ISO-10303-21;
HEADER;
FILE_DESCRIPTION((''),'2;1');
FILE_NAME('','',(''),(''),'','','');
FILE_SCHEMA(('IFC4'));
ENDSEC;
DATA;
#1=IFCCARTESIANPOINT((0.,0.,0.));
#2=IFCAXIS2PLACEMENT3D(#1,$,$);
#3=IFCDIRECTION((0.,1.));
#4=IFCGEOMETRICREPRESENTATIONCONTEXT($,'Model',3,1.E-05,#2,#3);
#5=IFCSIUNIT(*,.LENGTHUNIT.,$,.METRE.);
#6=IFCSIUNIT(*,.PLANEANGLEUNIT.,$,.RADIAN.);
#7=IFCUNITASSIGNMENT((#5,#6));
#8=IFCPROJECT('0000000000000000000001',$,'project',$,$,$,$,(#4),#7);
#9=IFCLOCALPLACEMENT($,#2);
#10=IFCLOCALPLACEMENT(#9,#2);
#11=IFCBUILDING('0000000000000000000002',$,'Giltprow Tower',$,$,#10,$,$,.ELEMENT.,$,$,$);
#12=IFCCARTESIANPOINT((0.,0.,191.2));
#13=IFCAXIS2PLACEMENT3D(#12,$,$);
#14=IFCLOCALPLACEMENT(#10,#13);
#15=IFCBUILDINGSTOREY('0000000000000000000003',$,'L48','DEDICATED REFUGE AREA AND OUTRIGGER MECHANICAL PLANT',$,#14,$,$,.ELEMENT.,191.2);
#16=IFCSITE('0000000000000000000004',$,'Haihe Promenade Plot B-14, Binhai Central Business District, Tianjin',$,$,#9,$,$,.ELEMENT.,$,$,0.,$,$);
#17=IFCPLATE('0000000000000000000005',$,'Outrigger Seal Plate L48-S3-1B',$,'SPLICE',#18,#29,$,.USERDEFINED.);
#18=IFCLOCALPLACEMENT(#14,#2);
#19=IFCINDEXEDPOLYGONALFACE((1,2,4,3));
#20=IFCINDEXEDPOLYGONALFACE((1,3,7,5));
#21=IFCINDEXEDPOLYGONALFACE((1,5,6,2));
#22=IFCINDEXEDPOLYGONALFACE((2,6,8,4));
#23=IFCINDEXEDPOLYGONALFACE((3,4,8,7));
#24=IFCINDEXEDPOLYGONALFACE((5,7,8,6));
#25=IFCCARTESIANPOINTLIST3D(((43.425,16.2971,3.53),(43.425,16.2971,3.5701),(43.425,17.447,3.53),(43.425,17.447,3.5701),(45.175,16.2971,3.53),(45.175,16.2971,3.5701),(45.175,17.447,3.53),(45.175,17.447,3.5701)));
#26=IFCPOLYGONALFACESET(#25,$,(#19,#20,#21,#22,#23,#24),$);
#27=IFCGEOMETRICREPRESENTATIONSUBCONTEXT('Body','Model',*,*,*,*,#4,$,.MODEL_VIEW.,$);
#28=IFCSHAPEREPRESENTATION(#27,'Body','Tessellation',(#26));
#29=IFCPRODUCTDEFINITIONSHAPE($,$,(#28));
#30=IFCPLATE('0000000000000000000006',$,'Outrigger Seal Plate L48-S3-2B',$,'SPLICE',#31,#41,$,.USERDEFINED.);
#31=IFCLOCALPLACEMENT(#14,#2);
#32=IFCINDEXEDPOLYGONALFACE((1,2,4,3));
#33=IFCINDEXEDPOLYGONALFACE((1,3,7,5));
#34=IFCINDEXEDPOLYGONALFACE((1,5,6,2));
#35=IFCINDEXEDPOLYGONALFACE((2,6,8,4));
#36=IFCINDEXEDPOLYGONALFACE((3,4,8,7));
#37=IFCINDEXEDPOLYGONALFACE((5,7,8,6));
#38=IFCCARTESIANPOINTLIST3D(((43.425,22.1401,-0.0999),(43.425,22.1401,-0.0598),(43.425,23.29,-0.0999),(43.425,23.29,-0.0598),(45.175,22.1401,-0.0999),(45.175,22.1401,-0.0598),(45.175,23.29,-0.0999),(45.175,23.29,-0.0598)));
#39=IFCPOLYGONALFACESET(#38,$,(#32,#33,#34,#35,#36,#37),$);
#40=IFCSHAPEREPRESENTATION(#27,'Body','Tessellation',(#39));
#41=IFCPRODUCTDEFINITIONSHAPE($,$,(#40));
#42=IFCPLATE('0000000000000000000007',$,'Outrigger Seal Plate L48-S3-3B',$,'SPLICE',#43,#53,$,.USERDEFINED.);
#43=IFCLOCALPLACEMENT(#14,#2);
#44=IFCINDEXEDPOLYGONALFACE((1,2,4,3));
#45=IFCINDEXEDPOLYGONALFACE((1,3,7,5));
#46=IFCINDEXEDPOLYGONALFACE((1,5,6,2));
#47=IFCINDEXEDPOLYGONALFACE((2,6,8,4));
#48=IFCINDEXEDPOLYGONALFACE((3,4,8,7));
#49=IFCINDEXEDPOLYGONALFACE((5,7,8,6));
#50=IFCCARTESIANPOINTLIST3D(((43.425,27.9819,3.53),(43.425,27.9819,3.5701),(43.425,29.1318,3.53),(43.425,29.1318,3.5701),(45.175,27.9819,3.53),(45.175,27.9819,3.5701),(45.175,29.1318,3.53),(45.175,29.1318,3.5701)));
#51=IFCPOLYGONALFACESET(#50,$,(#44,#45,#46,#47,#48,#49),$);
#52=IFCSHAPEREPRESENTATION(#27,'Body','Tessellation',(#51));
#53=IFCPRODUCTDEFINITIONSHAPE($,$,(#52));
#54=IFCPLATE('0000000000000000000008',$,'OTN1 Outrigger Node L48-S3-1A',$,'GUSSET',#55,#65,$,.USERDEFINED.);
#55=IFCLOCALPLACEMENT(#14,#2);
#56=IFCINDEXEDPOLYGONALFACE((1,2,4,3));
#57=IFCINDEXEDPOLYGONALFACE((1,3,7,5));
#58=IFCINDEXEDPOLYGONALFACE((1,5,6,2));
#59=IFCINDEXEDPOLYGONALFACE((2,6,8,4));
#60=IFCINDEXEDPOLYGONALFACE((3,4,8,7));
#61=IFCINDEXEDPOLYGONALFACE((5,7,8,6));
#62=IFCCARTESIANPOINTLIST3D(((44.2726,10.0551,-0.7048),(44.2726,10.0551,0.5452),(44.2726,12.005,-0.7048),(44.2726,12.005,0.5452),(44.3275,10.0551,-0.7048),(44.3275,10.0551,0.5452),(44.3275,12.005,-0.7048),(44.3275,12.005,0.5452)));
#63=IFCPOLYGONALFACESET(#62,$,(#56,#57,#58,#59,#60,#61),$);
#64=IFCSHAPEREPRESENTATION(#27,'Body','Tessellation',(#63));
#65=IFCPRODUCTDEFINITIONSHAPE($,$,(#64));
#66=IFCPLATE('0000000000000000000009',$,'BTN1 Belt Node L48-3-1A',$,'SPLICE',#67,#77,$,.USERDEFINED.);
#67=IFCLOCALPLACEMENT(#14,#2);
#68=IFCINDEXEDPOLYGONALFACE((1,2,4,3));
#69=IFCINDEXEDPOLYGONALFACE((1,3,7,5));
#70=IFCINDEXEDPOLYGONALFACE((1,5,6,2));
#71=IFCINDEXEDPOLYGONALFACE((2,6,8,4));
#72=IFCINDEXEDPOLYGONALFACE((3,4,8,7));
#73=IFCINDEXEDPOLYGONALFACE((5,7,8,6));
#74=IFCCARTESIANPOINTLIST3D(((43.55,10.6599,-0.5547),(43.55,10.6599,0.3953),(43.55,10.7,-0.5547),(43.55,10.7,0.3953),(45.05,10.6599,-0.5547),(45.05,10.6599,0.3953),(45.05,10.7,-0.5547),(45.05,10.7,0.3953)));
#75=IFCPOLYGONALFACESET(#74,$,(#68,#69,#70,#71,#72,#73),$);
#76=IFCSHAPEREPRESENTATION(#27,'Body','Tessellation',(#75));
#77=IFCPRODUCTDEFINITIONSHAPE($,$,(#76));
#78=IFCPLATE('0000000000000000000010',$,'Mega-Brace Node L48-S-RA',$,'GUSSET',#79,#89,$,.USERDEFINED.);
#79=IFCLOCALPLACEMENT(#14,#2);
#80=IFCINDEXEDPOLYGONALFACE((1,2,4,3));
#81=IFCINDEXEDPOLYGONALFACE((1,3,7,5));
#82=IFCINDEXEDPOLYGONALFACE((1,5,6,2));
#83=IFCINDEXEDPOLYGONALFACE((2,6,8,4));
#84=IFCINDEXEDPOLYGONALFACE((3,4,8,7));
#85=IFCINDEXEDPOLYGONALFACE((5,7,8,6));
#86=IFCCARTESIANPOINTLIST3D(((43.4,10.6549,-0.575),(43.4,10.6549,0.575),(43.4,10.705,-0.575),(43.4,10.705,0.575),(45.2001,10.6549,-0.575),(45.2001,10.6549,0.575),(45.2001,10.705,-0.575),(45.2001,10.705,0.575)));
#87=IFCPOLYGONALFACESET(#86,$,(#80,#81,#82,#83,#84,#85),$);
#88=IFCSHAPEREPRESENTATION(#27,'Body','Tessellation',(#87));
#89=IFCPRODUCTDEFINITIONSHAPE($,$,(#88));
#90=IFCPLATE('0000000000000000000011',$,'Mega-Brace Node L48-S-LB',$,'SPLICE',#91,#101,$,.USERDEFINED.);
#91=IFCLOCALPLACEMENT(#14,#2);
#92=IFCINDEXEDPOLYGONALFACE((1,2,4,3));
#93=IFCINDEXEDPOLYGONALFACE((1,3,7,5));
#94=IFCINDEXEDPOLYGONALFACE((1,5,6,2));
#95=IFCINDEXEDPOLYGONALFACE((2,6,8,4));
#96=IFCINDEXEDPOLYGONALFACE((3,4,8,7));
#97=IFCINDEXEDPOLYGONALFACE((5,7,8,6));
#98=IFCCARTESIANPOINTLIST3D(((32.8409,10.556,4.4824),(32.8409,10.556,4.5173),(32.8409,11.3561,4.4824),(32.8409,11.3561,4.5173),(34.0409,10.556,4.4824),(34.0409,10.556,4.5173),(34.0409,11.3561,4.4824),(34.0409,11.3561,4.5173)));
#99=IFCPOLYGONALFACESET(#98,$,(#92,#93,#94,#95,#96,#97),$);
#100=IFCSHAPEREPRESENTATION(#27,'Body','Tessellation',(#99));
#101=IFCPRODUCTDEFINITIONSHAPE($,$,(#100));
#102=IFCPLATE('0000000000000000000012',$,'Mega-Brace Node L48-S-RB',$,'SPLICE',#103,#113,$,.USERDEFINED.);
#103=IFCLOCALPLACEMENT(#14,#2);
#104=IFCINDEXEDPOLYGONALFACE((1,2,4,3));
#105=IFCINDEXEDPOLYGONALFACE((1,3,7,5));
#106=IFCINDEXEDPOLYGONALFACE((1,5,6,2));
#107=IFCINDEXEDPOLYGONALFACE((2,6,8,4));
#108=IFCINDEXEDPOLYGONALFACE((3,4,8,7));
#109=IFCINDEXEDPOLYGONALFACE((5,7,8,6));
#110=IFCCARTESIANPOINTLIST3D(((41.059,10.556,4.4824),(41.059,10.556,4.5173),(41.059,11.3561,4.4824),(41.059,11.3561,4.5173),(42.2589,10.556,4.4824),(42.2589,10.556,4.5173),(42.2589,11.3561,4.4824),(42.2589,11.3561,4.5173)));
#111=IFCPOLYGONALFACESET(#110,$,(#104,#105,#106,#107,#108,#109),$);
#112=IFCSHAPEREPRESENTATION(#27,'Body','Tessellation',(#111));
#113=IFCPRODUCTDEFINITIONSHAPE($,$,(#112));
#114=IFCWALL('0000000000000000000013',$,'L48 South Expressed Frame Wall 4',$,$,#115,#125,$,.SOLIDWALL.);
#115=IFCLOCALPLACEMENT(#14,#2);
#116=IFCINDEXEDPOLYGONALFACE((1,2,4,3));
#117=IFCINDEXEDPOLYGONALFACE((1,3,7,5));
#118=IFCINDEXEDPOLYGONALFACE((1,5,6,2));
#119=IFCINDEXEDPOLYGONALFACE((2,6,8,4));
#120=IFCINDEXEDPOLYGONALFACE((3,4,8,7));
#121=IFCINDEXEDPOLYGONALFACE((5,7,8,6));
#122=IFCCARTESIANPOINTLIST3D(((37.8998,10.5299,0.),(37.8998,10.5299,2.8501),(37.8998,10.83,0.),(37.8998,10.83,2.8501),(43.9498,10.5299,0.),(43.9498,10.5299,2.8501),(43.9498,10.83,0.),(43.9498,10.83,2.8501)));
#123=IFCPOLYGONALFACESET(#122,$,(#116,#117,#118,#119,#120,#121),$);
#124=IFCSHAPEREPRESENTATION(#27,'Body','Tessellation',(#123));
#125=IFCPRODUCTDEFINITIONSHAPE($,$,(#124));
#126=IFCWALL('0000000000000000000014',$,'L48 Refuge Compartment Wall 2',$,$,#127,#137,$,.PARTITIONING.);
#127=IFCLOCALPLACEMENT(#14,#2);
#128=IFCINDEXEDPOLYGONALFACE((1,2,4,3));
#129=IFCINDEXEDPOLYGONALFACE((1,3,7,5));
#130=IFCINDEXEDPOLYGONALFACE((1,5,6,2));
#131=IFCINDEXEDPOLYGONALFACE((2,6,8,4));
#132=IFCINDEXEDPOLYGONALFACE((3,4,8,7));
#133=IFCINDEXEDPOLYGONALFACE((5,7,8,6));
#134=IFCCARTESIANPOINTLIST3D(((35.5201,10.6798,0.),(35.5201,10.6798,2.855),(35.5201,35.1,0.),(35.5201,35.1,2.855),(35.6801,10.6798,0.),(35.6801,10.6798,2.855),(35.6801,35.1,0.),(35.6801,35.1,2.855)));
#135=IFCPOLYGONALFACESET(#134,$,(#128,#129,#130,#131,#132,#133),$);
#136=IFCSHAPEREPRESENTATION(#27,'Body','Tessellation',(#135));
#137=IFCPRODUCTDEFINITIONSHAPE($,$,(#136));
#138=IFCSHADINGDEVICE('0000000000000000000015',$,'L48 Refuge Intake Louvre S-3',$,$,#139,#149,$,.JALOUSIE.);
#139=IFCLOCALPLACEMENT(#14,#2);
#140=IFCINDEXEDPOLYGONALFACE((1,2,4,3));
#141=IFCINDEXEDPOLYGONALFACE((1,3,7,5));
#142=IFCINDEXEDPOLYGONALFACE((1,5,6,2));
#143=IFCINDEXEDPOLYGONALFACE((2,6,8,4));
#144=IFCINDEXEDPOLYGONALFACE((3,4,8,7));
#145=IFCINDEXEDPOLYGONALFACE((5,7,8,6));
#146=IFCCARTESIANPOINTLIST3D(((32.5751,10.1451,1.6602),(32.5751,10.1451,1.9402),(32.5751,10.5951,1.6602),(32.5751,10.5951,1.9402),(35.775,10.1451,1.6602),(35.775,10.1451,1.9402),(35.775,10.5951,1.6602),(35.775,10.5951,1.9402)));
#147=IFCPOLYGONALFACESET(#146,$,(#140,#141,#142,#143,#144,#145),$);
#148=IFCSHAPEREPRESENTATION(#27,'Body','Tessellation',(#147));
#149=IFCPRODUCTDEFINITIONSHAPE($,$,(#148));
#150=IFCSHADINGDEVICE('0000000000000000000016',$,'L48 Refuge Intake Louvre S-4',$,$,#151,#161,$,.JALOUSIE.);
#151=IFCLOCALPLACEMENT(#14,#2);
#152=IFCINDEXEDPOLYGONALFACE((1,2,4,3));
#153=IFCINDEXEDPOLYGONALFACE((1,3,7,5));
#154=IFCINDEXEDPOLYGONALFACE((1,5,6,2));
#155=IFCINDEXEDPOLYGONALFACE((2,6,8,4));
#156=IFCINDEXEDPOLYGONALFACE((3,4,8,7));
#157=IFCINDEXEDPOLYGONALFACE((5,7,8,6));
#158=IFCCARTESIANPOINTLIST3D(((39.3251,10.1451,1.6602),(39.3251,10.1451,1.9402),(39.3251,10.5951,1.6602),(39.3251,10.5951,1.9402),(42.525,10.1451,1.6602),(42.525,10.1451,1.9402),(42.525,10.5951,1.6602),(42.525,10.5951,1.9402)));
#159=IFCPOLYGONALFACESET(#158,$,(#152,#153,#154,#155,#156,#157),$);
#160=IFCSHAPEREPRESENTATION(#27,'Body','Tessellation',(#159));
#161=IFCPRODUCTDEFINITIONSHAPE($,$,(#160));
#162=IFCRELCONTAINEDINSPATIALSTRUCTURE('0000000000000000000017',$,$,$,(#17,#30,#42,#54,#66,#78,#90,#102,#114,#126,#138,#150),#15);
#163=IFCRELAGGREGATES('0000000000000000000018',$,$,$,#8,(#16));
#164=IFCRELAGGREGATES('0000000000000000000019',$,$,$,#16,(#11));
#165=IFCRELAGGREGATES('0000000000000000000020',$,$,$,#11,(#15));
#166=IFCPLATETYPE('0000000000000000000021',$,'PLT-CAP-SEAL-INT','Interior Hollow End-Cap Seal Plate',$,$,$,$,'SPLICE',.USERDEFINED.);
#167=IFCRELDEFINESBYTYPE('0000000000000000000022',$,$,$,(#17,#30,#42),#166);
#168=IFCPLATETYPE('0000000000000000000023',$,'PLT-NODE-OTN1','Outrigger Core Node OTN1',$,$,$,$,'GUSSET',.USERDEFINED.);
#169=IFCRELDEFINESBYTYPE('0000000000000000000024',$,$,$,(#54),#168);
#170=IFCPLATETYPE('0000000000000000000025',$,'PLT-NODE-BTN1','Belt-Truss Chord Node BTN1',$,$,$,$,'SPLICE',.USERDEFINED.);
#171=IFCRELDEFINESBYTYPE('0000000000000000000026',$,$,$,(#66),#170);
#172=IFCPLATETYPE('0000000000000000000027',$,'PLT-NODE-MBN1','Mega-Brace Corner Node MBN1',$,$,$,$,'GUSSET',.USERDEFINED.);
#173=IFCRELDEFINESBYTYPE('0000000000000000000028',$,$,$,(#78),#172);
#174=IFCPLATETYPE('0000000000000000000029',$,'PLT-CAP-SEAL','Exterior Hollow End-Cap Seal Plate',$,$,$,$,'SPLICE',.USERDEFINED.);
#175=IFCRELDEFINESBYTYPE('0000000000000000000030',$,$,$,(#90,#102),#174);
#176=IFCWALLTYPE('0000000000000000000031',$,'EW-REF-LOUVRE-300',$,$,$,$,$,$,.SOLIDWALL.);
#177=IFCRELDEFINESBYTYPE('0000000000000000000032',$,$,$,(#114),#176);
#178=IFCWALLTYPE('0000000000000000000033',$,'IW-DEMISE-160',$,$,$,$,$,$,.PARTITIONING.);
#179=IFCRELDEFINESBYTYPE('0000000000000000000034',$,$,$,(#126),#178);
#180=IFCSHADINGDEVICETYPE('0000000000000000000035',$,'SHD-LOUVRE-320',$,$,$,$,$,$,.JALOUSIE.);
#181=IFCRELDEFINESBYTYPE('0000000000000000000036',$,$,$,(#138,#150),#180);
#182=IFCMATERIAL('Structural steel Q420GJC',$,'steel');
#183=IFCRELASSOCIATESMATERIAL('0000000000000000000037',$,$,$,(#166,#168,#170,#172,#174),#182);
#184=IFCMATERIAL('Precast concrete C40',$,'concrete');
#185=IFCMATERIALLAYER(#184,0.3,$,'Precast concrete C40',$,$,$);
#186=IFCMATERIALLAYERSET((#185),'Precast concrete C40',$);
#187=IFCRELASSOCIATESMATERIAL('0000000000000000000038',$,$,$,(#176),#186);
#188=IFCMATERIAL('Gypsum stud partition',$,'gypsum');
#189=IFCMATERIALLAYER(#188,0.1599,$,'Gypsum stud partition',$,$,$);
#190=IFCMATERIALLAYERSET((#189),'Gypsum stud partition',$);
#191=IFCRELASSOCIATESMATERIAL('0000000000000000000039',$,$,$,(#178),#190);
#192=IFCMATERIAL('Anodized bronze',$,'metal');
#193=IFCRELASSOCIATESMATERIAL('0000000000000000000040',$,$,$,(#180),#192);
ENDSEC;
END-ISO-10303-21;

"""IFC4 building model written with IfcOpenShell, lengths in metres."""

from ifc_helpers import new_model, si_unit, direction, frame, frame_2d, origin, origin_2d, place, context, subcontext, project, spatial, rectangle, extrude, source, transform, mapped, material, layer, layer_set, type_object, element, save


model = new_model("IFC4")

# Units and contexts
model_context = context("Model", 3, precision=1e-05, world=origin(), true_north=direction((0.0, 1.0)))
body_context = subcontext(model_context, "Body", "Model", "MODEL_VIEW")
ifc_project = project(units=[si_unit("LENGTHUNIT", "METRE"), si_unit("PLANEANGLEUNIT", "RADIAN")], contexts=[model_context])

# Site, building, storey
site_placement = place(None, origin())
site = spatial("IfcSite", under=ifc_project, at=site_placement, Name="Haihe Promenade Plot B-14, Binhai Central Business District, Tianjin", CompositionType="ELEMENT", RefElevation=0.0)
building_placement = place(site_placement, origin())
building = spatial("IfcBuilding", under=site, at=building_placement, Name="Giltprow Tower", CompositionType="ELEMENT")
storey_placement = place(building_placement, frame((0.0, 0.0, 191.2)))
storey = spatial("IfcBuildingStorey", under=building, at=storey_placement, Name="L48", Description="DEDICATED REFUGE AREA AND OUTRIGGER MECHANICAL PLANT", CompositionType="ELEMENT", Elevation=191.2)

# Shared definitions
ifc_material_1 = material(Name="Structural steel Q420GJC", Category="steel")

# Plates
plate_type_1 = type_object("IfcPlateType", Name="PLT-CAP-SEAL-INT", Description="Interior Hollow End-Cap Seal Plate", ElementType="SPLICE", PredefinedType="USERDEFINED", material=ifc_material_1)
shared_shape_1 = source(origin(), body_context, "Body", "SweptSolid", [
    extrude(rectangle(XDim=1.75, YDim=1.1499, at=origin_2d()), origin(), (0.0, 0.0, 1.0), 0.04),
])
for number, where, z_axis, x_axis, name in (
    (1, (44.3, 16.8721, 3.53), (0.0, 0.0, 1.0), (1.0, 0.0, 0.0), "Outrigger Seal Plate L48-S3-1B"),
    (2, (44.3, 22.7151, -0.0999), (0.0, 0.0, 1.0), (1.0, 0.0, 0.0), "Outrigger Seal Plate L48-S3-2B"),
    (3, (44.3, 28.5569, 3.53), (0.0, 0.0, 1.0), (1.0, 0.0, 0.0), "Outrigger Seal Plate L48-S3-3B"),
):
    element("IfcPlate", number, at=place(storey_placement, frame(where, z_axis=z_axis, x_axis=x_axis)), inside=storey, type_object=plate_type_1, Name=name, ObjectType="SPLICE", PredefinedType="USERDEFINED", context=body_context, shape_type="MappedRepresentation", body=[
        mapped(shared_shape_1, transform((0.0, 0.0, 0.0), x_axis=(1.0, 0.0, 0.0), y_axis=(0.0, 1.0, 0.0), z_axis=(0.0, 0.0, 1.0), scale=1.0)),
    ])
plate_type_2 = type_object("IfcPlateType", Name="PLT-NODE-OTN1", Description="Outrigger Core Node OTN1", ElementType="GUSSET", PredefinedType="USERDEFINED", material=ifc_material_1)
shared_shape_2 = source(origin(), body_context, "Body", "SweptSolid", [
    extrude(rectangle(XDim=1.95, YDim=0.0549, at=origin_2d()), origin(), (0.0, 0.0, 1.0), 1.25),
])
plate_1_placement = place(storey_placement, frame((44.3, 11.03, -0.7048), z_axis=(0.0, 0.0, 1.0), x_axis=(0.0, 1.0, 0.0)))
element("IfcPlate", 4, at=plate_1_placement, inside=storey, type_object=plate_type_2, Name="OTN1 Outrigger Node L48-S3-1A", ObjectType="GUSSET", PredefinedType="USERDEFINED", context=body_context, shape_type="MappedRepresentation", body=[
    mapped(shared_shape_2, transform((0.0, 0.0, 0.0), x_axis=(1.0, 0.0, 0.0), y_axis=(0.0, 1.0, 0.0), z_axis=(0.0, 0.0, 1.0), scale=1.0)),
])
plate_type_3 = type_object("IfcPlateType", Name="PLT-NODE-BTN1", Description="Belt-Truss Chord Node BTN1", ElementType="SPLICE", PredefinedType="USERDEFINED", material=ifc_material_1)
shared_shape_3 = source(origin(), body_context, "Body", "SweptSolid", [
    extrude(rectangle(XDim=1.5, YDim=0.04, at=origin_2d()), origin(), (0.0, 0.0, 1.0), 0.95),
])
plate_2_placement = place(storey_placement, frame((44.3, 10.6799, -0.5547), z_axis=(0.0, 0.0, 1.0), x_axis=(1.0, 0.0, 0.0)))
element("IfcPlate", 5, at=plate_2_placement, inside=storey, type_object=plate_type_3, Name="BTN1 Belt Node L48-3-1A", ObjectType="SPLICE", PredefinedType="USERDEFINED", context=body_context, shape_type="MappedRepresentation", body=[
    mapped(shared_shape_3, transform((0.0, 0.0, 0.0), x_axis=(1.0, 0.0, 0.0), y_axis=(0.0, 1.0, 0.0), z_axis=(0.0, 0.0, 1.0), scale=1.0)),
])
plate_type_4 = type_object("IfcPlateType", Name="PLT-NODE-MBN1", Description="Mega-Brace Corner Node MBN1", ElementType="GUSSET", PredefinedType="USERDEFINED", material=ifc_material_1)
shared_shape_4 = source(origin(), body_context, "Body", "SweptSolid", [
    extrude(rectangle(XDim=1.8, YDim=0.05, at=origin_2d()), origin(), (0.0, 0.0, 1.0), 1.1499),
])
plate_3_placement = place(storey_placement, frame((44.3, 10.6799, -0.575), z_axis=(0.0, 0.0, 1.0), x_axis=(1.0, 0.0, 0.0)))
element("IfcPlate", 6, at=plate_3_placement, inside=storey, type_object=plate_type_4, Name="Mega-Brace Node L48-S-RA", ObjectType="GUSSET", PredefinedType="USERDEFINED", context=body_context, shape_type="MappedRepresentation", body=[
    mapped(shared_shape_4, transform((0.0, 0.0, 0.0), x_axis=(1.0, 0.0, 0.0), y_axis=(0.0, 1.0, 0.0), z_axis=(0.0, 0.0, 1.0), scale=1.0)),
])
plate_type_5 = type_object("IfcPlateType", Name="PLT-CAP-SEAL", Description="Exterior Hollow End-Cap Seal Plate", ElementType="SPLICE", PredefinedType="USERDEFINED", material=ifc_material_1)
shared_shape_5 = source(origin(), body_context, "Body", "SweptSolid", [
    extrude(rectangle(XDim=1.2, YDim=0.8, at=origin_2d()), origin(), (0.0, 0.0, 1.0), 0.0349),
])
for number, where, z_axis, x_axis, name in (
    (7, (33.4409, 10.9561, 4.4824), (0.0, 0.0, 1.0), (1.0, 0.0, 0.0), "Mega-Brace Node L48-S-LB"),
    (8, (41.6589, 10.9561, 4.4824), (0.0, 0.0, 1.0), (1.0, 0.0, 0.0), "Mega-Brace Node L48-S-RB"),
):
    element("IfcPlate", number, at=place(storey_placement, frame(where, z_axis=z_axis, x_axis=x_axis)), inside=storey, type_object=plate_type_5, Name=name, ObjectType="SPLICE", PredefinedType="USERDEFINED", context=body_context, shape_type="MappedRepresentation", body=[
        mapped(shared_shape_5, transform((0.0, 0.0, 0.0), x_axis=(1.0, 0.0, 0.0), y_axis=(0.0, 1.0, 0.0), z_axis=(0.0, 0.0, 1.0), scale=1.0)),
    ])

# Walls
ifc_material_2 = material(Name="Precast concrete C40", Category="concrete")
ifc_layer_1 = layer(ifc_material_2, 0.3, Name="Precast concrete C40")
ifc_layer_set_1 = layer_set([ifc_layer_1], Name="Precast concrete C40")
wall_type_1 = type_object("IfcWallType", Name="EW-REF-LOUVRE-300", PredefinedType="SOLIDWALL", material=ifc_layer_set_1)
wall_1_placement = place(storey_placement, frame((37.8999, 10.6799, 0.0), z_axis=(0.0, 0.0, 1.0), x_axis=(1.0, 0.0, 0.0)))
element("IfcWall", 9, at=wall_1_placement, inside=storey, type_object=wall_type_1, Name="L48 South Expressed Frame Wall 4", PredefinedType="SOLIDWALL", context=body_context, shape_type="SweptSolid", body=[
    extrude(rectangle(XDim=6.05, YDim=0.3, at=frame_2d((3.0249, 0.0))), origin(), (0.0, 0.0, 1.0), 2.8501),
])
ifc_material_3 = material(Name="Gypsum stud partition", Category="gypsum")
ifc_layer_2 = layer(ifc_material_3, 0.1599, Name="Gypsum stud partition")
ifc_layer_set_2 = layer_set([ifc_layer_2], Name="Gypsum stud partition")
wall_type_2 = type_object("IfcWallType", Name="IW-DEMISE-160", PredefinedType="PARTITIONING", material=ifc_layer_set_2)
wall_2_placement = place(storey_placement, frame((35.6001, 10.6799, 0.0), z_axis=(0.0, 0.0, 1.0), x_axis=(0.0, 1.0, 0.0)))
element("IfcWall", 10, at=wall_2_placement, inside=storey, type_object=wall_type_2, Name="L48 Refuge Compartment Wall 2", PredefinedType="PARTITIONING", context=body_context, shape_type="SweptSolid", body=[
    extrude(rectangle(XDim=24.4202, YDim=0.1599, at=frame_2d((12.21, 0.0))), origin(), (0.0, 0.0, 1.0), 2.855),
])

# Shading devices
ifc_material_4 = material(Name="Anodized bronze", Category="metal")
shading_device_type = type_object("IfcShadingDeviceType", Name="SHD-LOUVRE-320", PredefinedType="JALOUSIE", material=ifc_material_4)
shared_shape_6 = source(origin(), body_context, "Body", "SweptSolid", [
    extrude(rectangle(XDim=3.2, YDim=0.45, at=origin_2d()), origin(), (0.0, 0.0, 1.0), 0.28),
])
for number, where, z_axis, x_axis, name in (
    (11, (34.175, 10.3701, 1.6602), (0.0, 0.0, 1.0), (1.0, 0.0, 0.0), "L48 Refuge Intake Louvre S-3"),
    (12, (40.925, 10.3701, 1.6602), (0.0, 0.0, 1.0), (1.0, 0.0, 0.0), "L48 Refuge Intake Louvre S-4"),
):
    element("IfcShadingDevice", number, at=place(storey_placement, frame(where, z_axis=z_axis, x_axis=x_axis)), inside=storey, type_object=shading_device_type, Name=name, PredefinedType="JALOUSIE", context=body_context, shape_type="MappedRepresentation", body=[
        mapped(shared_shape_6, transform((0.0, 0.0, 0.0), x_axis=(1.0, 0.0, 0.0), y_axis=(0.0, 1.0, 0.0), z_axis=(0.0, 0.0, 1.0), scale=1.0)),
    ])

save(model, "model.ifc")
